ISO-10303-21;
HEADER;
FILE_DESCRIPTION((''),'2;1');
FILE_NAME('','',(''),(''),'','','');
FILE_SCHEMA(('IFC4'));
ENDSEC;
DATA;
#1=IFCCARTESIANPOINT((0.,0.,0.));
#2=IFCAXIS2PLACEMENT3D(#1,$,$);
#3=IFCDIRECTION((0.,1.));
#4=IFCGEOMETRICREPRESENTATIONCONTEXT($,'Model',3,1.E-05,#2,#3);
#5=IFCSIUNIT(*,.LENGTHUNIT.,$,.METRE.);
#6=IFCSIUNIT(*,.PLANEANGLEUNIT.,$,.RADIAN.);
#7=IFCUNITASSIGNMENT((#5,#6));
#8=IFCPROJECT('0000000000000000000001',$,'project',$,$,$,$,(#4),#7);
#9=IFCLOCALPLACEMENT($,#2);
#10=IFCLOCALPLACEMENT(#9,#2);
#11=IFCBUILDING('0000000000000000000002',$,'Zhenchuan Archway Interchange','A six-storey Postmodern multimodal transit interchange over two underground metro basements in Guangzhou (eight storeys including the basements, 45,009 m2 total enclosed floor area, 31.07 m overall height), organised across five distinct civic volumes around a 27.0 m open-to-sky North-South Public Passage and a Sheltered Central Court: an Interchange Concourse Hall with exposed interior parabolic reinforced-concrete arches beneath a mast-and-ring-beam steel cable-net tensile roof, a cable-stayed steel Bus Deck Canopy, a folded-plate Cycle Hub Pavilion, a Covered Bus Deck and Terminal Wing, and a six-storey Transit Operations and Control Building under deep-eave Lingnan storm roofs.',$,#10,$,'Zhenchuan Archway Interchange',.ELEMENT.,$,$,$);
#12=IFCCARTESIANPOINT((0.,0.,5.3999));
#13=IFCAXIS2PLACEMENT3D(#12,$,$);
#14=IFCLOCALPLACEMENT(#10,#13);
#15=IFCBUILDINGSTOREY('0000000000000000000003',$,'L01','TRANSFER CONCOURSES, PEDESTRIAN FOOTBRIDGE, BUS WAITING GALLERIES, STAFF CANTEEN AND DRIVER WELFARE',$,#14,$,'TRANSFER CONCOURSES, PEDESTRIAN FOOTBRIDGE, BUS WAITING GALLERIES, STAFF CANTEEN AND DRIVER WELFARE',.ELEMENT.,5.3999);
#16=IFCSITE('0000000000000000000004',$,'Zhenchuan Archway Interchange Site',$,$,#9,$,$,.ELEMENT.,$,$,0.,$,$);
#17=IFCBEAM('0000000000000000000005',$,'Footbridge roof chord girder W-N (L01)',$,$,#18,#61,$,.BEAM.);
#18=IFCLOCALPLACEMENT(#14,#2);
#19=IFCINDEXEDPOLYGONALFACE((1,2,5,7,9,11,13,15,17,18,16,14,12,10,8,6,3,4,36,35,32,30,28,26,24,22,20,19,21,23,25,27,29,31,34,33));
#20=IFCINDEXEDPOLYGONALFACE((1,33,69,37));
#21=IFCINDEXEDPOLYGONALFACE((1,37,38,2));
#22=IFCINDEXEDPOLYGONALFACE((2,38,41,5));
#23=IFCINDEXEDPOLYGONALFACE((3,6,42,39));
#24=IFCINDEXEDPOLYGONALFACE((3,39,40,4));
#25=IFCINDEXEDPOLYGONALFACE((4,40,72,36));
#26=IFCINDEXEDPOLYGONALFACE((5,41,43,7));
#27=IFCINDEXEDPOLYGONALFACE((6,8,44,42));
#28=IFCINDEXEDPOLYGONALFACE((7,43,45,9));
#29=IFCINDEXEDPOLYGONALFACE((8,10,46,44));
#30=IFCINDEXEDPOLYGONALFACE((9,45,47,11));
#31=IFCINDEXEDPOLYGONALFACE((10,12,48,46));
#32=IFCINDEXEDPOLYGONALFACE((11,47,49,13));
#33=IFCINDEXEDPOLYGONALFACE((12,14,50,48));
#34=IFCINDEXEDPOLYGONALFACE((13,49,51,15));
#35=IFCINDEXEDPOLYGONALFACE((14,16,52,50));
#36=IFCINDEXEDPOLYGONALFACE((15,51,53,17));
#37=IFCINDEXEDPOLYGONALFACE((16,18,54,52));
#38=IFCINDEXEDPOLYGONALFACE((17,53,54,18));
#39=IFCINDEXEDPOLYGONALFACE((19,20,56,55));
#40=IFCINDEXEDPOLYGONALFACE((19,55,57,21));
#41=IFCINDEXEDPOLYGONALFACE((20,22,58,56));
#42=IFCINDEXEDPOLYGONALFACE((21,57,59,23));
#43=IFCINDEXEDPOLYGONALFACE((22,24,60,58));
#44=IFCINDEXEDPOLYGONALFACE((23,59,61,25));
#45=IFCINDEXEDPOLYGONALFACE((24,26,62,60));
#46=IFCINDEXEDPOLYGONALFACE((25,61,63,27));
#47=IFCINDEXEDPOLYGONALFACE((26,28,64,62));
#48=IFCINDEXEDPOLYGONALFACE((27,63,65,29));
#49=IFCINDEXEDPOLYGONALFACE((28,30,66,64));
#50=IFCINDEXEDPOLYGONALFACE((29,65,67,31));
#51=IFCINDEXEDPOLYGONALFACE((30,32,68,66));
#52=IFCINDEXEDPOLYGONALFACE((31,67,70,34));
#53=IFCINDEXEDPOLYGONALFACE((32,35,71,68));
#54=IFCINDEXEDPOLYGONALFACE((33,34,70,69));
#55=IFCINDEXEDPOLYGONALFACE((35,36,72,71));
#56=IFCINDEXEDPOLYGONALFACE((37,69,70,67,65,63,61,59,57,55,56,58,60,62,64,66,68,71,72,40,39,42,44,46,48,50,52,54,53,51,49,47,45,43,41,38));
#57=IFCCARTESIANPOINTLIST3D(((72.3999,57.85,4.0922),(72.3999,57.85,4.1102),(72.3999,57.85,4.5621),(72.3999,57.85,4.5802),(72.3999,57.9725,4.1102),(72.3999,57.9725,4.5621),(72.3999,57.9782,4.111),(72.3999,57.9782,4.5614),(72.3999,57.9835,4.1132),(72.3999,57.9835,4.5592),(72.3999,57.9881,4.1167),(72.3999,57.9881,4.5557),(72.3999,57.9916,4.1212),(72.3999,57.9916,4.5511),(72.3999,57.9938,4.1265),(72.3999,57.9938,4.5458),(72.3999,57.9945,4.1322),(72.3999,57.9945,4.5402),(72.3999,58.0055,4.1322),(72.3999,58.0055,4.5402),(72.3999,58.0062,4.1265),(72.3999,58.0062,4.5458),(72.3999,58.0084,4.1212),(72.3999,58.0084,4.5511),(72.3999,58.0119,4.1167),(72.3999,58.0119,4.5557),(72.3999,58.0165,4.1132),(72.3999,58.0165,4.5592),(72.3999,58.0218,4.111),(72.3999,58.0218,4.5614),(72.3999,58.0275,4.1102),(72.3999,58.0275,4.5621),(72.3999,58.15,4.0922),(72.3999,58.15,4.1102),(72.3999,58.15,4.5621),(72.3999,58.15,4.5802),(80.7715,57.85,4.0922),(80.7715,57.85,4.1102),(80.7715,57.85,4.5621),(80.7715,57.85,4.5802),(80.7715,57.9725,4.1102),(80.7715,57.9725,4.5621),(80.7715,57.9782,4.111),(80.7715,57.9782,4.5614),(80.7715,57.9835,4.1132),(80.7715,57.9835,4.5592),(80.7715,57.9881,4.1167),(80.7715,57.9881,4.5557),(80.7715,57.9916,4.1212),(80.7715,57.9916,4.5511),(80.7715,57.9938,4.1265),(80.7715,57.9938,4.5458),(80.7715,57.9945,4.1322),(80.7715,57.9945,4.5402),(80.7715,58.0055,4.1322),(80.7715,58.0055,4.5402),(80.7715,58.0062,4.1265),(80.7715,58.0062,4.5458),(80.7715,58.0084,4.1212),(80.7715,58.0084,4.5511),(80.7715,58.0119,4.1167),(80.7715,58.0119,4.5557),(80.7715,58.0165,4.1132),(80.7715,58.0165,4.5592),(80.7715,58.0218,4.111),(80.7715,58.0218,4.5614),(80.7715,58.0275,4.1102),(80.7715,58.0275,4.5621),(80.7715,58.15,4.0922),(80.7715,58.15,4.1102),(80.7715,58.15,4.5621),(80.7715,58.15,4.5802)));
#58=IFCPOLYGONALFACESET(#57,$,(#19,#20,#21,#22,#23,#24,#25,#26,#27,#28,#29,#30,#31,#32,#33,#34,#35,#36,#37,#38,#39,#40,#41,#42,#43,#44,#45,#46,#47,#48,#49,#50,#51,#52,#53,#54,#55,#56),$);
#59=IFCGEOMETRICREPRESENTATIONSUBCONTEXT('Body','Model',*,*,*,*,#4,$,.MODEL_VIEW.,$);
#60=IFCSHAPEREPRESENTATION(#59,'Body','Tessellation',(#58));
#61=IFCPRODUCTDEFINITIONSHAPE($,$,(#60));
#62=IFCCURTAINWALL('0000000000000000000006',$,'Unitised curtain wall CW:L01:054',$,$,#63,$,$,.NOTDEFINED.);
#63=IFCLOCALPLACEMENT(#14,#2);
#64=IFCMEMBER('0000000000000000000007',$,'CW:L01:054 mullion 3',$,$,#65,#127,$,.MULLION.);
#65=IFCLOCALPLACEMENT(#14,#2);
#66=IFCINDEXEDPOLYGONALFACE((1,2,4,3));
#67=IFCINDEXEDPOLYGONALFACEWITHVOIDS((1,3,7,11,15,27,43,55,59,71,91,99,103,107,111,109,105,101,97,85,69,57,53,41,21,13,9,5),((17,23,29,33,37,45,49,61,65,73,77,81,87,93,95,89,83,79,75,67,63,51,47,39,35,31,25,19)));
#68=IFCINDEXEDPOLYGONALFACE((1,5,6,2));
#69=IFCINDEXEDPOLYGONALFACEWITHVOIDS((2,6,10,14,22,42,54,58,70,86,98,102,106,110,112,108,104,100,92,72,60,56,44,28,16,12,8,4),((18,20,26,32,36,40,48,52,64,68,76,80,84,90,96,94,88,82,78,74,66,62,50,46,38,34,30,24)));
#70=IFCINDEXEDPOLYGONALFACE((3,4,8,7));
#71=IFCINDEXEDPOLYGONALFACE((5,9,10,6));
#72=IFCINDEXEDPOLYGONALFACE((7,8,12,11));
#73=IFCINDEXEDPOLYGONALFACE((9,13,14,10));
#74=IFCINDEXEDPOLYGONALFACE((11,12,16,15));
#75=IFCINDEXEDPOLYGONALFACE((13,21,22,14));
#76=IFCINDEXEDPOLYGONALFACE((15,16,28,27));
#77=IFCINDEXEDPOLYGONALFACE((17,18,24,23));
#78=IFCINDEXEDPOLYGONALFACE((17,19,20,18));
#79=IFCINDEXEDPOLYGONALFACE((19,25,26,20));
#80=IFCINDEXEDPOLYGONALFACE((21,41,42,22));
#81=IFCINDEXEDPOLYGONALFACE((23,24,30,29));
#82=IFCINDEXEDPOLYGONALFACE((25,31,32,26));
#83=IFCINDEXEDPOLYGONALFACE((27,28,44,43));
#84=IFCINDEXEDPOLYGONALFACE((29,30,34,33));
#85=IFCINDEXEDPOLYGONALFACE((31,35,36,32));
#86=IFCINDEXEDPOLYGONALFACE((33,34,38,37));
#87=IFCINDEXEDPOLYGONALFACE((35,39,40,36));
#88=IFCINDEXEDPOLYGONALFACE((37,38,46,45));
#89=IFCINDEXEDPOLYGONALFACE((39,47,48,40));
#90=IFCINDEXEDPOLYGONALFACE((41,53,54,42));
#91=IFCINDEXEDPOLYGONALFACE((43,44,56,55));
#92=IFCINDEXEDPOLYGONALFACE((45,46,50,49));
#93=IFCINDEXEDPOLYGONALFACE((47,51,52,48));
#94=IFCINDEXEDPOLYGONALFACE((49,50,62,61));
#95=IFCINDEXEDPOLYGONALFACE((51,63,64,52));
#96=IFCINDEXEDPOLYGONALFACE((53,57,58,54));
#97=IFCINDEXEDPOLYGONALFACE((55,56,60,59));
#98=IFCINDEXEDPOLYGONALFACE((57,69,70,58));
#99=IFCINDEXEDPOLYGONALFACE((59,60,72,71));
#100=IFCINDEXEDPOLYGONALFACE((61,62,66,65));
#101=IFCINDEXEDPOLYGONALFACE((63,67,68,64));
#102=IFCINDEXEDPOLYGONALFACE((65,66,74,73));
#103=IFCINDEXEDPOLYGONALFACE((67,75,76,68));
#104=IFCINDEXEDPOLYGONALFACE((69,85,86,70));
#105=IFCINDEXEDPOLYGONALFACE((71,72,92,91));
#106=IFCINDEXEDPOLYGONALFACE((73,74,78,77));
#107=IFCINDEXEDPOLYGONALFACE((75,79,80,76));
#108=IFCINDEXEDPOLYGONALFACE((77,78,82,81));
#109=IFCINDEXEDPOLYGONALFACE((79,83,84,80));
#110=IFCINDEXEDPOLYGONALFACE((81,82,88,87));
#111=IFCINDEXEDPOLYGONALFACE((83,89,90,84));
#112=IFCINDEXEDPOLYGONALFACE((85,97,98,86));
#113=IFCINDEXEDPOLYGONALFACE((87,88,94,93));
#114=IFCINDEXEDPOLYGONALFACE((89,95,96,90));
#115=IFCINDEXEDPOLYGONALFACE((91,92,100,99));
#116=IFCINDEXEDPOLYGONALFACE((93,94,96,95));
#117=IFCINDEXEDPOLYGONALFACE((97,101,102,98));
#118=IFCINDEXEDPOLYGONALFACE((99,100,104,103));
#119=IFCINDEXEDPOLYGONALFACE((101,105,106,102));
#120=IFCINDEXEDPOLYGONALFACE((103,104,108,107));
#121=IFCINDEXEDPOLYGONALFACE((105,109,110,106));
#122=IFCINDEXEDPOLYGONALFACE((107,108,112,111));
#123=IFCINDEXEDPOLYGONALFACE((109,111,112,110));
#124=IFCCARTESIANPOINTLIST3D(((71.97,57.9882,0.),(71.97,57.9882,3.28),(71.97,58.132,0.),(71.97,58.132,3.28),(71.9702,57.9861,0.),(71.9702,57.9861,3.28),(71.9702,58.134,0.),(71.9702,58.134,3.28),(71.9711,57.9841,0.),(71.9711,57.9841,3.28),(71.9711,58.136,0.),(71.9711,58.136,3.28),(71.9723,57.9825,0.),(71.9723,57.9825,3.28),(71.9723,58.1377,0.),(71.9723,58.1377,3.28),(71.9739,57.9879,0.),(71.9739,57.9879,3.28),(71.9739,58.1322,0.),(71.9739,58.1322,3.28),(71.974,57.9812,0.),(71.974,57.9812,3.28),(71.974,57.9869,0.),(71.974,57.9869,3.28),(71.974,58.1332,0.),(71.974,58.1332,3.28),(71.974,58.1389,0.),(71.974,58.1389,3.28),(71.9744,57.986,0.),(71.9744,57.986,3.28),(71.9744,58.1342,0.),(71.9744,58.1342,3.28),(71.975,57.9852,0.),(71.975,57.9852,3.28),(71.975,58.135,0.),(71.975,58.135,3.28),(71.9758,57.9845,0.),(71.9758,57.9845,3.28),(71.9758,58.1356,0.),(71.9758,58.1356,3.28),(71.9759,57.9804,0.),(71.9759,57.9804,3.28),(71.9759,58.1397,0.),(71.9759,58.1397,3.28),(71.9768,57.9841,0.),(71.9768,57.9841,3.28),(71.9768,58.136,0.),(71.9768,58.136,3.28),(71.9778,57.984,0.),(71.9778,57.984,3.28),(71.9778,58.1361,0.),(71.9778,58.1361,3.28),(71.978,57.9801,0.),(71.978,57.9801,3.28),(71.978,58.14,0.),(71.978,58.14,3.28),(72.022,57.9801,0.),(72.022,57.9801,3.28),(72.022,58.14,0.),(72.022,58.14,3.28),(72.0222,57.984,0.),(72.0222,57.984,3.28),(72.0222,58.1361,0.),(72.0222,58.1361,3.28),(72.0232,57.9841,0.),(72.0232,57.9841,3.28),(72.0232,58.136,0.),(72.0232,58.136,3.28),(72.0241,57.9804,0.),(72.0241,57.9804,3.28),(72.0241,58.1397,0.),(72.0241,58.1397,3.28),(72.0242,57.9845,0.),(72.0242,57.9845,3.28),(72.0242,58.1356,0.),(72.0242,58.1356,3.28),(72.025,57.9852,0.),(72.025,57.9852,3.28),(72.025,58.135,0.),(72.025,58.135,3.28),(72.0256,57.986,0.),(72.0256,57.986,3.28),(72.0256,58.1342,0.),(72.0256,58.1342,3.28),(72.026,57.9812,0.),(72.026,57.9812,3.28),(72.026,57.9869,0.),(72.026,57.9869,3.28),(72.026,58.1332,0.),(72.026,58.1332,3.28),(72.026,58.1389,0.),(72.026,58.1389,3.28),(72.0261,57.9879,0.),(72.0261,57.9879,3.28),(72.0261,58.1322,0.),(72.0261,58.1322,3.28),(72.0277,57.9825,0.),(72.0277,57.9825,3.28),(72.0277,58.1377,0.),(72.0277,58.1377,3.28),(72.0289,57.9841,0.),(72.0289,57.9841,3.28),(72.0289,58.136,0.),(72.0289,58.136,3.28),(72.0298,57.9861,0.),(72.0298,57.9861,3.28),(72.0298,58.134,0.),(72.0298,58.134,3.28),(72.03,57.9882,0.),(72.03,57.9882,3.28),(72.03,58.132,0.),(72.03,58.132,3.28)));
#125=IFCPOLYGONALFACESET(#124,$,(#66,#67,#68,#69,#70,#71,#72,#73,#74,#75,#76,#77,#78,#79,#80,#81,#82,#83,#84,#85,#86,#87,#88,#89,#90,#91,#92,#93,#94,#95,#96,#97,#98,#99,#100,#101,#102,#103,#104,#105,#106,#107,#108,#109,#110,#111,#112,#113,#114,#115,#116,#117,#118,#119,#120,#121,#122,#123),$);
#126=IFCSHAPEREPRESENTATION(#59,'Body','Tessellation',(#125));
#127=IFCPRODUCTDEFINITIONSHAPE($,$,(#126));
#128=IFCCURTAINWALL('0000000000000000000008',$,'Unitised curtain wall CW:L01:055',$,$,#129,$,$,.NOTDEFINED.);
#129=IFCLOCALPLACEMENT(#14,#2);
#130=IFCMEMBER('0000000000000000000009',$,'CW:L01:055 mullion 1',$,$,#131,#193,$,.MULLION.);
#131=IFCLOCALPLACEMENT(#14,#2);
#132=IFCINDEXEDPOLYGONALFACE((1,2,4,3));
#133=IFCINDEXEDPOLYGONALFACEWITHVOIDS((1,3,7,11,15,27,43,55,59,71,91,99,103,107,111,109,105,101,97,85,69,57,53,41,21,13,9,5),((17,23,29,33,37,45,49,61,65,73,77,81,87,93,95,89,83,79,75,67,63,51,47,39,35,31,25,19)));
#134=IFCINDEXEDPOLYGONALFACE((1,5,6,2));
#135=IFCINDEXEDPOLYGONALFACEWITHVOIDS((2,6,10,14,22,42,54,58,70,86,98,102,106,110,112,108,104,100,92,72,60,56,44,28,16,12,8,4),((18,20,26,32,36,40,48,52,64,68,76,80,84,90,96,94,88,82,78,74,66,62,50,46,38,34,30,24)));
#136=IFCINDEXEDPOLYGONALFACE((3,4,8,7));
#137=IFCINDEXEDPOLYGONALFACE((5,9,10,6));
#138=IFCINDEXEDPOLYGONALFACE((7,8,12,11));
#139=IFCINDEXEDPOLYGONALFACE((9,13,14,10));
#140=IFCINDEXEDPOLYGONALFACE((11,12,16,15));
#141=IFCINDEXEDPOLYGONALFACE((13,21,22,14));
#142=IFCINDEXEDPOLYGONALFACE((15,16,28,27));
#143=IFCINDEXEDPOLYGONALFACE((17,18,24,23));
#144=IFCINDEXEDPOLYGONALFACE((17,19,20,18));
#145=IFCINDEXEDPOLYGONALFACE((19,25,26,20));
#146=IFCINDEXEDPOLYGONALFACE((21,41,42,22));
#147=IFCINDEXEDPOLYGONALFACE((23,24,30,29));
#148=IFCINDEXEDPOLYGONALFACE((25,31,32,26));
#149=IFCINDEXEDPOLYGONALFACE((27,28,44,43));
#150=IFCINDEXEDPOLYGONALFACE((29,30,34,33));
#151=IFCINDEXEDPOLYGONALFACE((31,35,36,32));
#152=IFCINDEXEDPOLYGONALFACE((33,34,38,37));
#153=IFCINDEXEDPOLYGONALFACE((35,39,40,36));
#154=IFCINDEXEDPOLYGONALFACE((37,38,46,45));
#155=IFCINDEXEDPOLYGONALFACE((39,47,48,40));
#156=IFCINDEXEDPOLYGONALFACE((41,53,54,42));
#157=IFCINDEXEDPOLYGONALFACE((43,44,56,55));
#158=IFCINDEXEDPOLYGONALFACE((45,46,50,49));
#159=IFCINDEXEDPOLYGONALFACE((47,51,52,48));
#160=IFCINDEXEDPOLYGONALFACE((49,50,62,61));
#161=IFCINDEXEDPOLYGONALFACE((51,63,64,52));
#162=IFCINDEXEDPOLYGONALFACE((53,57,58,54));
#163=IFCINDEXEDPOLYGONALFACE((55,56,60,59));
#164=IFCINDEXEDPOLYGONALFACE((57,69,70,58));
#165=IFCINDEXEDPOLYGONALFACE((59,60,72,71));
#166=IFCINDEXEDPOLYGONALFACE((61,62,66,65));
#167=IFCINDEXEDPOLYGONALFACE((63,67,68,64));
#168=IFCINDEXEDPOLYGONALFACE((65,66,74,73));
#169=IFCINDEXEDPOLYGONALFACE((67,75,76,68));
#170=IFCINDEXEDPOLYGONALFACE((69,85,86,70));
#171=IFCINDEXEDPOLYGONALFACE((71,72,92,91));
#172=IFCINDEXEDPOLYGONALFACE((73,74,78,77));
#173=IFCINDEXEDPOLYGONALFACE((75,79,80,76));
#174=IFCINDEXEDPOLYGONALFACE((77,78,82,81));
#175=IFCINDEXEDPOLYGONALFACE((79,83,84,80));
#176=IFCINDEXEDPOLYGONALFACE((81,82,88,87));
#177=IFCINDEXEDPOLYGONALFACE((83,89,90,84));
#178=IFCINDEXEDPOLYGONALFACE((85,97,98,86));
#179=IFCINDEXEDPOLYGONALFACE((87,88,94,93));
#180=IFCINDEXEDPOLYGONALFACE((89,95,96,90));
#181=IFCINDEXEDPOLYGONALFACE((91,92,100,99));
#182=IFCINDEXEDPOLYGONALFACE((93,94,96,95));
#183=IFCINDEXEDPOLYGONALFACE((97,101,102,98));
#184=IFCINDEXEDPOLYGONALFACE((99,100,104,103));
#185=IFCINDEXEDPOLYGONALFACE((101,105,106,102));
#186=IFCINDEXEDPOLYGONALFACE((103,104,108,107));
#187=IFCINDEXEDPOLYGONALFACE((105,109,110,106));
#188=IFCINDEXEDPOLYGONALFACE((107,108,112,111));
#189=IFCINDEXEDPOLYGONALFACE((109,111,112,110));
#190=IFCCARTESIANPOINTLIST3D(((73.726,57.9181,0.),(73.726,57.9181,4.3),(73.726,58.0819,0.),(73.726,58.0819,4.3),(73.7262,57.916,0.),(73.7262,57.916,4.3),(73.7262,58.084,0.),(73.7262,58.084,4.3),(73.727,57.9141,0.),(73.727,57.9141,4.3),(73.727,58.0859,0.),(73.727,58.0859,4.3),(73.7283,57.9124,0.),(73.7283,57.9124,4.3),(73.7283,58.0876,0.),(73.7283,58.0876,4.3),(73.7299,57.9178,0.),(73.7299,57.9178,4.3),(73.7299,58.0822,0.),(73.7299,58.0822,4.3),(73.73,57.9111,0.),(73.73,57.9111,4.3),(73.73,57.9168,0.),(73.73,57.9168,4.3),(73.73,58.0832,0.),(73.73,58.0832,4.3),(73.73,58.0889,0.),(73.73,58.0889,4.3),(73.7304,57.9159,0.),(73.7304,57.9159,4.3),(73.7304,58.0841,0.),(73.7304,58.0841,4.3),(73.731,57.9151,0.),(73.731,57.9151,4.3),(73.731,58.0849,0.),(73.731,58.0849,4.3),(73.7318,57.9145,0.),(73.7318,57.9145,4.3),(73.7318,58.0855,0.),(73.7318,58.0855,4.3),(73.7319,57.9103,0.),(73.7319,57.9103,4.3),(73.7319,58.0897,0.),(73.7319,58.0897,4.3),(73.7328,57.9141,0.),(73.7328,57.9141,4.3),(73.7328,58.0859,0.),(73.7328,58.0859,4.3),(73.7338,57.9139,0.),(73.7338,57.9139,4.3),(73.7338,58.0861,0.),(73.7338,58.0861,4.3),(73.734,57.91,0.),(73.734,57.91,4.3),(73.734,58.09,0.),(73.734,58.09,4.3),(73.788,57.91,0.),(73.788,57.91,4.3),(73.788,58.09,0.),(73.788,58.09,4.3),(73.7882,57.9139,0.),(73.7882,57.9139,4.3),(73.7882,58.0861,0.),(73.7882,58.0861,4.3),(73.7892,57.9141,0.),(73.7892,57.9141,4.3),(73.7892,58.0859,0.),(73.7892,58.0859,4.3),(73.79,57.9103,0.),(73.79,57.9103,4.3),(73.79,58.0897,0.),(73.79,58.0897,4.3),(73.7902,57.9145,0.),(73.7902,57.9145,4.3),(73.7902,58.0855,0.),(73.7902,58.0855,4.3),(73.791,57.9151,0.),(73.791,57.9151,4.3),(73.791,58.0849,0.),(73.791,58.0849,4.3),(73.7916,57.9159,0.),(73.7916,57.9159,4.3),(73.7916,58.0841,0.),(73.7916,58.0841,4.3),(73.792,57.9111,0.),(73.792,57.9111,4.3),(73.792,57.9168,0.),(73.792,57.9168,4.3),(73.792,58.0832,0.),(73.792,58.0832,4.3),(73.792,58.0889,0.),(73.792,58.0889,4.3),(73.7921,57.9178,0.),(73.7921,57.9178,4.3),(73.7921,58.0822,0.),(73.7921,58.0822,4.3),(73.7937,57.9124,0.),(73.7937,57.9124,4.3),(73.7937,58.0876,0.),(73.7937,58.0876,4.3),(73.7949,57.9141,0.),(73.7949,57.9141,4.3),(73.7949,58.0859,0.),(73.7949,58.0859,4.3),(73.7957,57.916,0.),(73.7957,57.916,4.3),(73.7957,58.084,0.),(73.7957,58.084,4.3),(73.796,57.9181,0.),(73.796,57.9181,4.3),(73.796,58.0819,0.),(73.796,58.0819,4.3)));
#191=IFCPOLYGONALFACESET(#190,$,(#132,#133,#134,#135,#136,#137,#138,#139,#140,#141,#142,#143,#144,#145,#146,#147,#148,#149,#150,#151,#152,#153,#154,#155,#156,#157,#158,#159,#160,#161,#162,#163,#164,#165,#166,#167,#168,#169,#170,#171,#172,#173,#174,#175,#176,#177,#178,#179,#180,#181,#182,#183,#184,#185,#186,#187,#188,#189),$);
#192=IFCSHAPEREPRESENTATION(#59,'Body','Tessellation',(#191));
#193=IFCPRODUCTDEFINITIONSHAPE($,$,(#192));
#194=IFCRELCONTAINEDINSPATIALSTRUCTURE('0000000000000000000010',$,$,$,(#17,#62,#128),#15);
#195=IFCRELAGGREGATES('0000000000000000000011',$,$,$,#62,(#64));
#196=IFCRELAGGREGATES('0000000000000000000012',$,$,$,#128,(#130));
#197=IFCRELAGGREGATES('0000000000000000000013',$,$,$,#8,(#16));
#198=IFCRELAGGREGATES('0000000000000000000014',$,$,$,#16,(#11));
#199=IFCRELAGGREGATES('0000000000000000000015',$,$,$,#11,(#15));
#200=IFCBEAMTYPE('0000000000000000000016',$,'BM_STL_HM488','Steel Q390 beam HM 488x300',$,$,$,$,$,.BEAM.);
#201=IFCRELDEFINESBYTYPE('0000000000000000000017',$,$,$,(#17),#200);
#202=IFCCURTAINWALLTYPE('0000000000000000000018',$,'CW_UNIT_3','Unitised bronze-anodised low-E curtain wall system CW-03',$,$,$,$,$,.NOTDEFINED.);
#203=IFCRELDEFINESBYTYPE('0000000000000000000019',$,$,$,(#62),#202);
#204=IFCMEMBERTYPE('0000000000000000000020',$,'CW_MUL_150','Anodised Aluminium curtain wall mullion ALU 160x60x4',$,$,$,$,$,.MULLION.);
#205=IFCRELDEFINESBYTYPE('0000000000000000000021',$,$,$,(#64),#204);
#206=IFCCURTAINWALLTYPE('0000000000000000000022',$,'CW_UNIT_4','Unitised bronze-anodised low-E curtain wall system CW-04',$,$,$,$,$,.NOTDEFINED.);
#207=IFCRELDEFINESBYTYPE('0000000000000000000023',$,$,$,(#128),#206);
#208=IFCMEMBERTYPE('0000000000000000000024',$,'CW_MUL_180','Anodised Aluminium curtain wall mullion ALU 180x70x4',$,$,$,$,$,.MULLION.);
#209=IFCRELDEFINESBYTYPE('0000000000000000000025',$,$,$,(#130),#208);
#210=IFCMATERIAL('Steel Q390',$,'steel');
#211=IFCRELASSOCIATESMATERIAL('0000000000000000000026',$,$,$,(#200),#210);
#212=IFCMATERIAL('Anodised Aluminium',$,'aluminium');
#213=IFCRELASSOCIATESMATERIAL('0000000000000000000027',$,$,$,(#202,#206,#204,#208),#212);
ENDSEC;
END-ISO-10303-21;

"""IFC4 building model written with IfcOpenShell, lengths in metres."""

from ifc_helpers import new_model, si_unit, direction, frame, origin, origin_2d, place, context, subcontext, project, spatial, hollow_rectangle, i_section, extrude, material, material_profile, profile_set, type_object, element, aggregate, save


model = new_model("IFC4")

# Units and contexts
model_context = context("Model", 3, precision=1e-05, world=origin(), true_north=direction((0.0, 1.0)))
body_context = subcontext(model_context, "Body", "Model", "MODEL_VIEW")
ifc_project = project(units=[si_unit("LENGTHUNIT", "METRE"), si_unit("PLANEANGLEUNIT", "RADIAN")], contexts=[model_context])

# Site, building, storey
site_placement = place(None, origin())
site = spatial("IfcSite", under=ifc_project, at=site_placement, Name="Zhenchuan Archway Interchange Site", CompositionType="ELEMENT", RefElevation=0.0)
building_placement = place(site_placement, origin())
building = spatial("IfcBuilding", under=site, at=building_placement, Name="Zhenchuan Archway Interchange", Description="A six-storey Postmodern multimodal transit interchange over two underground metro basements in Guangzhou (eight storeys including the basements, 45,009 m2 total enclosed floor area, 31.07 m overall height), organised across five distinct civic volumes around a 27.0 m open-to-sky North-South Public Passage and a Sheltered Central Court: an Interchange Concourse Hall with exposed interior parabolic reinforced-concrete arches beneath a mast-and-ring-beam steel cable-net tensile roof, a cable-stayed steel Bus Deck Canopy, a folded-plate Cycle Hub Pavilion, a Covered Bus Deck and Terminal Wing, and a six-storey Transit Operations and Control Building under deep-eave Lingnan storm roofs.", LongName="Zhenchuan Archway Interchange", CompositionType="ELEMENT")
storey_placement = place(building_placement, frame((0.0, 0.0, 5.3999)))
storey = spatial("IfcBuildingStorey", under=building, at=storey_placement, Name="L01", Description="TRANSFER CONCOURSES, PEDESTRIAN FOOTBRIDGE, BUS WAITING GALLERIES, STAFF CANTEEN AND DRIVER WELFARE", LongName="TRANSFER CONCOURSES, PEDESTRIAN FOOTBRIDGE, BUS WAITING GALLERIES, STAFF CANTEEN AND DRIVER WELFARE", CompositionType="ELEMENT", Elevation=5.3999)

# Beam
ifc_material_1 = material(Name="Steel Q390", Category="steel")
ifc_material_profile_1 = material_profile(ifc_material_1, i_section(OverallWidth=0.3, OverallDepth=0.488, WebThickness=0.011, FlangeThickness=0.0181, FilletRadius=0.022, at=origin_2d()), Name="HM 488x300")
ifc_profile_set_1 = profile_set([ifc_material_profile_1], Name="Steel Q390")
beam_type = type_object("IfcBeamType", Name="BM_STL_HM488", Description="Steel Q390 beam HM 488x300", PredefinedType="BEAM", material=ifc_profile_set_1)
beam_placement = place(storey_placement, frame((72.3999, 58.0, 4.3362), z_axis=(1.0, 0.0, 0.0), x_axis=(0.0, 1.0, 0.0)))
element("IfcBeam", 1, at=beam_placement, inside=storey, type_object=beam_type, Name="Footbridge roof chord girder W-N (L01)", PredefinedType="BEAM", context=body_context, shape_type="SweptSolid", body=[
    extrude(i_section(OverallWidth=0.3, OverallDepth=0.488, WebThickness=0.011, FlangeThickness=0.0181, FilletRadius=0.022, at=origin_2d()), origin(), (0.0, 0.0, 1.0), 8.3716),
])

# Curtain wall, member
ifc_material_2 = material(Name="Anodised Aluminium", Category="aluminium")
curtain_wall_type_1 = type_object("IfcCurtainWallType", Name="CW_UNIT_3", Description="Unitised bronze-anodised low-E curtain wall system CW-03", PredefinedType="NOTDEFINED", material=ifc_material_2)
curtain_wall_1_placement = place(storey_placement, origin())
curtain_wall_1 = element("IfcCurtainWall", 2, at=curtain_wall_1_placement, inside=storey, type_object=curtain_wall_type_1, Name="Unitised curtain wall CW:L01:054", PredefinedType="NOTDEFINED")
ifc_material_profile_2 = material_profile(ifc_material_2, hollow_rectangle(XDim=0.0601, YDim=0.1599, WallThickness=0.0039, InnerFilletRadius=0.0039, OuterFilletRadius=0.0081, at=origin_2d()), Name="ALU 160x60x4")
ifc_profile_set_2 = profile_set([ifc_material_profile_2], Name="Anodised Aluminium")
member_type_1 = type_object("IfcMemberType", Name="CW_MUL_150", Description="Anodised Aluminium curtain wall mullion ALU 160x60x4", PredefinedType="MULLION", material=ifc_profile_set_2)
member_1_placement = place(storey_placement, frame((72.0, 58.0601, 0.0), z_axis=(0.0, 0.0, 1.0), x_axis=(1.0, 0.0, 0.0)))
member_1 = element("IfcMember", 3, at=member_1_placement, type_object=member_type_1, Name="CW:L01:054 mullion 3", PredefinedType="MULLION", context=body_context, shape_type="SweptSolid", body=[
    extrude(hollow_rectangle(XDim=0.0601, YDim=0.1599, WallThickness=0.0039, InnerFilletRadius=0.0039, OuterFilletRadius=0.0081, at=origin_2d()), origin(), (0.0, 0.0, 1.0), 3.28),
])
aggregate(curtain_wall_1, [member_1])

# Curtain wall, member
curtain_wall_type_2 = type_object("IfcCurtainWallType", Name="CW_UNIT_4", Description="Unitised bronze-anodised low-E curtain wall system CW-04", PredefinedType="NOTDEFINED", material=ifc_material_2)
curtain_wall_2_placement = place(storey_placement, origin())
curtain_wall_2 = element("IfcCurtainWall", 4, at=curtain_wall_2_placement, inside=storey, type_object=curtain_wall_type_2, Name="Unitised curtain wall CW:L01:055", PredefinedType="NOTDEFINED")
ifc_material_profile_3 = material_profile(ifc_material_2, hollow_rectangle(XDim=0.0701, YDim=0.1799, WallThickness=0.0039, InnerFilletRadius=0.0039, OuterFilletRadius=0.0081, at=origin_2d()), Name="ALU 180x70x4")
ifc_profile_set_3 = profile_set([ifc_material_profile_3], Name="Anodised Aluminium")
member_type_2 = type_object("IfcMemberType", Name="CW_MUL_180", Description="Anodised Aluminium curtain wall mullion ALU 180x70x4", PredefinedType="MULLION", material=ifc_profile_set_3)
member_2_placement = place(storey_placement, frame((73.761, 58.0, 0.0), z_axis=(0.0, 0.0, 1.0), x_axis=(1.0, 0.0, 0.0)))
member_2 = element("IfcMember", 5, at=member_2_placement, type_object=member_type_2, Name="CW:L01:055 mullion 1", PredefinedType="MULLION", context=body_context, shape_type="SweptSolid", body=[
    extrude(hollow_rectangle(XDim=0.0701, YDim=0.1799, WallThickness=0.0039, InnerFilletRadius=0.0039, OuterFilletRadius=0.0081, at=origin_2d()), origin(), (0.0, 0.0, 1.0), 4.3),
])

aggregate(curtain_wall_2, [member_2])

save(model, "model.ifc")
